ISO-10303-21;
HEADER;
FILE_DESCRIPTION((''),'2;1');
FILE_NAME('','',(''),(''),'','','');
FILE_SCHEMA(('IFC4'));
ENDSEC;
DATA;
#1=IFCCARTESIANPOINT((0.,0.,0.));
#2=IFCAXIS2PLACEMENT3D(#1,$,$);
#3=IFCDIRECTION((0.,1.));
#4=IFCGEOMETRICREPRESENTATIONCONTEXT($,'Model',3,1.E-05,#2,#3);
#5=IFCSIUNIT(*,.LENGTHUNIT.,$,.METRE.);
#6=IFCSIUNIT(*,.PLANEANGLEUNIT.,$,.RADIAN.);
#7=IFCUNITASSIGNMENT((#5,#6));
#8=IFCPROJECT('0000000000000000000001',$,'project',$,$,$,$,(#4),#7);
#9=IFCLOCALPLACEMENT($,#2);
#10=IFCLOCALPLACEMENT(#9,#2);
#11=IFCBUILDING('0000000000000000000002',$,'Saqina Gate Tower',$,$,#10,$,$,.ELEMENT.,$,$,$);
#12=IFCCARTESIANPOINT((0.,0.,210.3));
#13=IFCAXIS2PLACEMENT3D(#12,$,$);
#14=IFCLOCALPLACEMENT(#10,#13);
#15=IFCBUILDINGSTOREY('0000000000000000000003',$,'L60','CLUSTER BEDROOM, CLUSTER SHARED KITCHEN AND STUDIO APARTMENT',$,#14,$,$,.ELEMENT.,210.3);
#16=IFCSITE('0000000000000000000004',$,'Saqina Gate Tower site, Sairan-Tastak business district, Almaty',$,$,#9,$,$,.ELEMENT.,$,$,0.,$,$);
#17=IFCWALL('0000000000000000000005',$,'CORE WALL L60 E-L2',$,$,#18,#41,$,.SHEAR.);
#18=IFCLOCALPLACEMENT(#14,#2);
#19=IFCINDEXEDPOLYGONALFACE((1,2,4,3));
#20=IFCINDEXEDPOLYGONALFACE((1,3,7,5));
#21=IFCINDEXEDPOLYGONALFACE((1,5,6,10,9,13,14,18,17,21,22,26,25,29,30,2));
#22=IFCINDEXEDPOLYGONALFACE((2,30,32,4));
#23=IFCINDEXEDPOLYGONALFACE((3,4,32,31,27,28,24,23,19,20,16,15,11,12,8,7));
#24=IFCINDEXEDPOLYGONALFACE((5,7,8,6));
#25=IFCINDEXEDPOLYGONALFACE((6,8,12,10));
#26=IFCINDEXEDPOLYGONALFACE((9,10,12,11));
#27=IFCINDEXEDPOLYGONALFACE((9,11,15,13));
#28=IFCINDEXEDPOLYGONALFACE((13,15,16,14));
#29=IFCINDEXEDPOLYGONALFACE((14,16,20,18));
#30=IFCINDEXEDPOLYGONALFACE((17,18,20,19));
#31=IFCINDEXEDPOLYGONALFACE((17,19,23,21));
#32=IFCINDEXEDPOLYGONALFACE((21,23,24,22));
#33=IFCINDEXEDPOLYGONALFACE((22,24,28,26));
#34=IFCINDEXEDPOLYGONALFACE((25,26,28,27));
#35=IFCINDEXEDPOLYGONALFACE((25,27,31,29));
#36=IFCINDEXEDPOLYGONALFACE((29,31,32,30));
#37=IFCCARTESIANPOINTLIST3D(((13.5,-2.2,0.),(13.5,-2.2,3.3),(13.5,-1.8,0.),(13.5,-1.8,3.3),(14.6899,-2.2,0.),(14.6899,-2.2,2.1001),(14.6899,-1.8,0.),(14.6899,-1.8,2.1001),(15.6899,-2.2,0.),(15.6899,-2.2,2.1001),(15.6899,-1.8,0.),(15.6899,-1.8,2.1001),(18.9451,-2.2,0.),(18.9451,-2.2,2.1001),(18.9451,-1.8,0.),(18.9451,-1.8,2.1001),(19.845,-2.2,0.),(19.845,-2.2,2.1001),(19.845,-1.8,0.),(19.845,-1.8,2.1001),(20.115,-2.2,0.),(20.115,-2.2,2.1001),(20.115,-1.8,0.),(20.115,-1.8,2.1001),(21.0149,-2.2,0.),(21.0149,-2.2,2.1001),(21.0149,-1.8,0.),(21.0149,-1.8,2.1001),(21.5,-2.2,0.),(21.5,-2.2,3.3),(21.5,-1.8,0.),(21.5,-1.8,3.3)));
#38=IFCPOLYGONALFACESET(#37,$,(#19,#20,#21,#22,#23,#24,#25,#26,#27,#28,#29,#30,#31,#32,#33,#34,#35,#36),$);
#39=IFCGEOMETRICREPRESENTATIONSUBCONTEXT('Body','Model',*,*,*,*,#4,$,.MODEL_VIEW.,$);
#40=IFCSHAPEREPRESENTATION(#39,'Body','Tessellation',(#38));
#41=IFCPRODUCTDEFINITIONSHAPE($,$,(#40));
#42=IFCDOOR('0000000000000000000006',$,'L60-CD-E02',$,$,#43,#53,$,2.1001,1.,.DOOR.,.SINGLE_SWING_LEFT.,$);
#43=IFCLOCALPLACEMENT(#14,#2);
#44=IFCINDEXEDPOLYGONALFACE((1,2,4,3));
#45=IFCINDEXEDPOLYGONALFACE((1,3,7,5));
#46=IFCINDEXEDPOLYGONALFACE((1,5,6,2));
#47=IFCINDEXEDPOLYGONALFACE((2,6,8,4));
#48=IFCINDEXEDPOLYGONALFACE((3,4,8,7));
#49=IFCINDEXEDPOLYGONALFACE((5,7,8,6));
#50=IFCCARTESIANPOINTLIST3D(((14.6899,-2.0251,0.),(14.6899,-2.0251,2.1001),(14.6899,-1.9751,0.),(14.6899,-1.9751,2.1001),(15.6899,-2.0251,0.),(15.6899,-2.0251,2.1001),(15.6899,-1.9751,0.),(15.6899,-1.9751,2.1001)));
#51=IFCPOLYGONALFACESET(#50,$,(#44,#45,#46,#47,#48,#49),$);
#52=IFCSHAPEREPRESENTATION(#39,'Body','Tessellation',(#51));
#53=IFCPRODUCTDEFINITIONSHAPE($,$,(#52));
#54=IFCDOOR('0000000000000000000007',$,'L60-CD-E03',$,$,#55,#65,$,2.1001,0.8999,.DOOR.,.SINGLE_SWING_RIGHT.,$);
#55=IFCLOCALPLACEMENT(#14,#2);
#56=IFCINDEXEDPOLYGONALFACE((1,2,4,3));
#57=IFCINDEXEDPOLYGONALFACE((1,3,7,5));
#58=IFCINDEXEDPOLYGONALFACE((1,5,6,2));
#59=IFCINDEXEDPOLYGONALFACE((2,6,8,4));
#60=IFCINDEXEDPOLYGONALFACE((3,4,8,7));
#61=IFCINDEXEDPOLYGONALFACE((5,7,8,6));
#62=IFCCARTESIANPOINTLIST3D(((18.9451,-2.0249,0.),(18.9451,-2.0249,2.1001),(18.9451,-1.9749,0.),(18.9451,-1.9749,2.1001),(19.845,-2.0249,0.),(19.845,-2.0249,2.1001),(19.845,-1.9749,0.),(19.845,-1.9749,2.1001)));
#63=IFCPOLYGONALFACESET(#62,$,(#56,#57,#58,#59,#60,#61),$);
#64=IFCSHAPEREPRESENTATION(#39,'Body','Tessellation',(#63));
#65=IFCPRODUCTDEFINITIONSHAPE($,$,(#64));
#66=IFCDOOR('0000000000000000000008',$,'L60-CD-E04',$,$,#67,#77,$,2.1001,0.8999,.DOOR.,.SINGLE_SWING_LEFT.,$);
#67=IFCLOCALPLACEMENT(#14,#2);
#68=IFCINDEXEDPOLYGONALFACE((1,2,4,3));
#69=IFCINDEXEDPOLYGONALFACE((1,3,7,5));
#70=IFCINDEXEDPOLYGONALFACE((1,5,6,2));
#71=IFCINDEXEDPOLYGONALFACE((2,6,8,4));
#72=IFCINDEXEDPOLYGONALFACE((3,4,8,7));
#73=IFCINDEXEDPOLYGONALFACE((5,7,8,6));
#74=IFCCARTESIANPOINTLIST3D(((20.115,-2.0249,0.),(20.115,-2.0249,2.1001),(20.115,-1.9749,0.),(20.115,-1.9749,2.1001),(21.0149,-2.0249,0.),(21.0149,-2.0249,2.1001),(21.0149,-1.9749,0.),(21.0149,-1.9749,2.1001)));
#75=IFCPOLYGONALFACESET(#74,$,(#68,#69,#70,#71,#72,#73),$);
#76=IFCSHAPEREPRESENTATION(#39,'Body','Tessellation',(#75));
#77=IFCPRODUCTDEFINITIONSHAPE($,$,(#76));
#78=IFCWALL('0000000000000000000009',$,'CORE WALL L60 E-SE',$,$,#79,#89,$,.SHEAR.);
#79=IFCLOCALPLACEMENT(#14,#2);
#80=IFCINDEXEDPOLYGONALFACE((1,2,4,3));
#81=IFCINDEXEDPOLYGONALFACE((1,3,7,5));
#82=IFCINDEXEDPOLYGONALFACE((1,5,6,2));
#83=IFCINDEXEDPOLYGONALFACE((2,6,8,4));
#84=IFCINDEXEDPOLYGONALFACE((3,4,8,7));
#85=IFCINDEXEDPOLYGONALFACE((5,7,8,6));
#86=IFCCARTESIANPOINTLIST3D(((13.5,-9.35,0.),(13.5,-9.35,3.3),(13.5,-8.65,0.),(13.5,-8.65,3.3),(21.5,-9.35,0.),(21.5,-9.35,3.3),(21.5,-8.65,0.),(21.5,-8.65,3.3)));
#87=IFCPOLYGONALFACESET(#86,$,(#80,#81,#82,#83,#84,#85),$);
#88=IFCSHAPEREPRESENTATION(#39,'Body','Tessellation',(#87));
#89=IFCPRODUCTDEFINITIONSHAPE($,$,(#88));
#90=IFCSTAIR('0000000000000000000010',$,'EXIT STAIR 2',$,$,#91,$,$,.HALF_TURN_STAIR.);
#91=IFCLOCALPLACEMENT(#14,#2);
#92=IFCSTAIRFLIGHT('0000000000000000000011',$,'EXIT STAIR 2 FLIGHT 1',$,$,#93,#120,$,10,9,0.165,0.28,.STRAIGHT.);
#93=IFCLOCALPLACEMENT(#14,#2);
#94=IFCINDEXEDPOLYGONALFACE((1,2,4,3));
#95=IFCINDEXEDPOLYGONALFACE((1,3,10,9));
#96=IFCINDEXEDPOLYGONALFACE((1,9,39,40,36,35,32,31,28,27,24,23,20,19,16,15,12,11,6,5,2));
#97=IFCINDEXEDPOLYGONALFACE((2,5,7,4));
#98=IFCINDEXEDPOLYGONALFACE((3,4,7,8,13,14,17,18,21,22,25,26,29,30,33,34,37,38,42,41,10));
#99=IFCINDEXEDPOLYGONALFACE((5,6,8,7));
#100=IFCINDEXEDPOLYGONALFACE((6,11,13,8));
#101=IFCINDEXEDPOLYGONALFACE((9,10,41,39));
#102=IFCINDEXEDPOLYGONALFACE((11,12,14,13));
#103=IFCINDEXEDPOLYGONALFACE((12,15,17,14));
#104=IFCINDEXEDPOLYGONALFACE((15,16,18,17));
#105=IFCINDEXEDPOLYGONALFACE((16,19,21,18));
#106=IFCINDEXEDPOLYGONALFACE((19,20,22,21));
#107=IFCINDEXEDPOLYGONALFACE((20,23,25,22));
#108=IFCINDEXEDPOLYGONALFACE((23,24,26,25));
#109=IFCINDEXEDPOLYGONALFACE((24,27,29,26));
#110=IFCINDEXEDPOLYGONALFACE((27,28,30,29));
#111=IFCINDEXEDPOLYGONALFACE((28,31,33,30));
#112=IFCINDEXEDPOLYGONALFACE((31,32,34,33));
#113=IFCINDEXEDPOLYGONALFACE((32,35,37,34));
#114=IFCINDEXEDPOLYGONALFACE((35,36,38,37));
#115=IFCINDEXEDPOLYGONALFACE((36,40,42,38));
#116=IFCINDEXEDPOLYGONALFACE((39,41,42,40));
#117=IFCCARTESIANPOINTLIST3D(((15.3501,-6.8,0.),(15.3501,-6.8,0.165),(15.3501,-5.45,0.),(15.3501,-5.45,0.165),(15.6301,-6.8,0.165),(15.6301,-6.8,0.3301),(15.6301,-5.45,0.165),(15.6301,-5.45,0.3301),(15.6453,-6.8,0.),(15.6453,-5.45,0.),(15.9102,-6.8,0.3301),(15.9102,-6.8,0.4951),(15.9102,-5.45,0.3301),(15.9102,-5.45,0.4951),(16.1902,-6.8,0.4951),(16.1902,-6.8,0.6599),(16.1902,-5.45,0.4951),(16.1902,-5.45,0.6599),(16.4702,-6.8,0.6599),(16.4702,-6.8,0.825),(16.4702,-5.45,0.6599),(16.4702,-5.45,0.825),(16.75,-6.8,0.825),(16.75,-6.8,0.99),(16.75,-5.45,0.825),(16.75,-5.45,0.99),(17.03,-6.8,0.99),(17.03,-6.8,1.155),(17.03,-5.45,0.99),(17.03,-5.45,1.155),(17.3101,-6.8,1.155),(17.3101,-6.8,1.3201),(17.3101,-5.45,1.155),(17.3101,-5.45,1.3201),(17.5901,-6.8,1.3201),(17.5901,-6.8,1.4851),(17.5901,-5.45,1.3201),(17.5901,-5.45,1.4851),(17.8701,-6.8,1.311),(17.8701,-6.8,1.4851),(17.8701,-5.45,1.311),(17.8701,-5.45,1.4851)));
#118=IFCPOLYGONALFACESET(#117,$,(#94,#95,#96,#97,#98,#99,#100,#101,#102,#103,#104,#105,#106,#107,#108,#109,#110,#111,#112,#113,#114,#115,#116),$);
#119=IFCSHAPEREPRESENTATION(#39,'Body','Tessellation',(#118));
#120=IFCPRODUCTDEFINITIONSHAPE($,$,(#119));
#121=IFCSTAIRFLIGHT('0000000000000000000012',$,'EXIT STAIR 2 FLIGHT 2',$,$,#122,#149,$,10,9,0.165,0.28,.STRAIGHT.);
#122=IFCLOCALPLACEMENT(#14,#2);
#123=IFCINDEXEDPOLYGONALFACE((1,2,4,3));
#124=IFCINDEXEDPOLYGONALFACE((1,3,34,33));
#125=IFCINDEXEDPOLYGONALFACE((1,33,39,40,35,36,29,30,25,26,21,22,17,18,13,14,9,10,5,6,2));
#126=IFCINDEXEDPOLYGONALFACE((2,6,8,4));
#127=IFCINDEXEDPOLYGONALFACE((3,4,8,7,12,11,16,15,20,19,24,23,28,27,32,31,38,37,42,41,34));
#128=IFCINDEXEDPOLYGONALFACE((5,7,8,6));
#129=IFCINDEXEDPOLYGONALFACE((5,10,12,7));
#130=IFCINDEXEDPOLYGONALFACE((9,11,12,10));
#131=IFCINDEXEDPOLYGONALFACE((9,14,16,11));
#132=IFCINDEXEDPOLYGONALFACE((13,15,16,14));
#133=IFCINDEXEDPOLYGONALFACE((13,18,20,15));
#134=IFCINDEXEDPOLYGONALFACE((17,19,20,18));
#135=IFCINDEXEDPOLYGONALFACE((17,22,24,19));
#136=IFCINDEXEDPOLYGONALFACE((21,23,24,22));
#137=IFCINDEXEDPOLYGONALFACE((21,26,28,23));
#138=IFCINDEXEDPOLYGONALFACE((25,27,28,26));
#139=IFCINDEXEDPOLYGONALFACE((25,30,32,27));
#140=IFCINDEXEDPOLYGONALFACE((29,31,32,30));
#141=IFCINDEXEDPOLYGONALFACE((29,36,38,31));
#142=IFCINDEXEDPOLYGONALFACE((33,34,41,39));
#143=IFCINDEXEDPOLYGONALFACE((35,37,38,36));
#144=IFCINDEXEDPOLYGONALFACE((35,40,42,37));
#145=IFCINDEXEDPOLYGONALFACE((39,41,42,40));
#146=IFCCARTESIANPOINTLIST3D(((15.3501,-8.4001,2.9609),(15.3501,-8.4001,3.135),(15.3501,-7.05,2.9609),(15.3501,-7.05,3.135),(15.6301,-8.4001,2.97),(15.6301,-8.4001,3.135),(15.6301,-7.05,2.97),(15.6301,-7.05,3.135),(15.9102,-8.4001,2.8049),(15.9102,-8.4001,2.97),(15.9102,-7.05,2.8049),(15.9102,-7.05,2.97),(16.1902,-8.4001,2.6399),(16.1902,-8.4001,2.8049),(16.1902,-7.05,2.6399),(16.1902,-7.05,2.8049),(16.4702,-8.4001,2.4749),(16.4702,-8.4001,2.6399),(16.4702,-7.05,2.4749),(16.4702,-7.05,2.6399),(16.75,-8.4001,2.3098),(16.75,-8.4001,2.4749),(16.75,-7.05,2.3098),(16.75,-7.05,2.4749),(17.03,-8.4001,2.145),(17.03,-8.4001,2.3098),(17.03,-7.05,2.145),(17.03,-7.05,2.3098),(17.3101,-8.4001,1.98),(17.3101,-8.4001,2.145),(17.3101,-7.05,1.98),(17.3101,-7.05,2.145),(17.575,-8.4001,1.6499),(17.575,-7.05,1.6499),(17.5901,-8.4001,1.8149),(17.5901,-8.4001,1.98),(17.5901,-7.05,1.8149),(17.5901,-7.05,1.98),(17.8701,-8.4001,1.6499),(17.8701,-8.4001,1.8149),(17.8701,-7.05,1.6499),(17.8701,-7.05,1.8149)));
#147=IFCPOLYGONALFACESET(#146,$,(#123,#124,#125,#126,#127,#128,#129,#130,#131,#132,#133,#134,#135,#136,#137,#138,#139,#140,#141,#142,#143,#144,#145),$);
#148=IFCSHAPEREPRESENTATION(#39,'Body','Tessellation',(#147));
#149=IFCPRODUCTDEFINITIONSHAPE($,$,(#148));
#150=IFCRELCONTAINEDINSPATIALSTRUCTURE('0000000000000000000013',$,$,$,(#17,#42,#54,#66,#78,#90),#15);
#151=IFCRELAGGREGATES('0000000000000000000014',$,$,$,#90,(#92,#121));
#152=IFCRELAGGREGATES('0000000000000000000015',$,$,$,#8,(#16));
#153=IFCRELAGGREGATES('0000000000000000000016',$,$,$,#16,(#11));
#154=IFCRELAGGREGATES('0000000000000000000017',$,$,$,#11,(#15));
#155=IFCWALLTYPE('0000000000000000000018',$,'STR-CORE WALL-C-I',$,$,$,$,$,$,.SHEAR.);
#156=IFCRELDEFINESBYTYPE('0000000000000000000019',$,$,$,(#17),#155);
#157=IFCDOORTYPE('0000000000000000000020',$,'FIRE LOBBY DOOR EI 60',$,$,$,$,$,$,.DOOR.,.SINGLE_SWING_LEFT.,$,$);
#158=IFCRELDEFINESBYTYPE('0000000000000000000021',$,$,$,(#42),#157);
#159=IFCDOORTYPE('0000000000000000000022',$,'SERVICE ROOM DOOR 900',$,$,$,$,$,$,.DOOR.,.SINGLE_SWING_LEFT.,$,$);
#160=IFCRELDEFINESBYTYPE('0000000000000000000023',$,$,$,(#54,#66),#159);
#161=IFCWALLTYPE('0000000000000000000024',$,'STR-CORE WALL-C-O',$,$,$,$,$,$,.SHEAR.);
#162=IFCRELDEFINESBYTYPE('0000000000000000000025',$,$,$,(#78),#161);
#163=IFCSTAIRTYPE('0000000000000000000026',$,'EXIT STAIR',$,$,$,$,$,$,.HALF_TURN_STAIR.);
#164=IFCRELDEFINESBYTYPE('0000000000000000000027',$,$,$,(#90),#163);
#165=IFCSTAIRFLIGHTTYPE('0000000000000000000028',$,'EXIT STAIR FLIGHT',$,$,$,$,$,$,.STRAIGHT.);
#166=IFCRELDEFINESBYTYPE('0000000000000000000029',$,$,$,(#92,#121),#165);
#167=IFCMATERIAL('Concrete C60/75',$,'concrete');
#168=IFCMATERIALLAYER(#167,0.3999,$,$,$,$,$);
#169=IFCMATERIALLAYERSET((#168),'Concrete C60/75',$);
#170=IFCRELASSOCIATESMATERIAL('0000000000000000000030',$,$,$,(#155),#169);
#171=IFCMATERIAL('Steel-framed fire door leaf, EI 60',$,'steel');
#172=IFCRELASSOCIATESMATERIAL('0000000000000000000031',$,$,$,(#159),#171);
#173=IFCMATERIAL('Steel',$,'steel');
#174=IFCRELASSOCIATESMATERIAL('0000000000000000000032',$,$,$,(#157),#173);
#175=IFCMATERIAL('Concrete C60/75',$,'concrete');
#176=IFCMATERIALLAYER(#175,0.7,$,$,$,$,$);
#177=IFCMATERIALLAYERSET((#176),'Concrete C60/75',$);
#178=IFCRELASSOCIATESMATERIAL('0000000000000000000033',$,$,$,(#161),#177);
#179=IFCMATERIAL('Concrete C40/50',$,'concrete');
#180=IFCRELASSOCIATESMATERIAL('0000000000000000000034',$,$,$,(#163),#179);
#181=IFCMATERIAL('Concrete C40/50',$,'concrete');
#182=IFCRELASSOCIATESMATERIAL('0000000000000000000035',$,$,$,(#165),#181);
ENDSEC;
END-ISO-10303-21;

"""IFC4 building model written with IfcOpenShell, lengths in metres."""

from ifc_helpers import new_model, si_unit, direction, frame, frame_2d, origin, place, context, subcontext, project, spatial, polyline, rectangle, outline, extrude, material, layer, layer_set, type_object, element, fill, aggregate, save


model = new_model("IFC4")

# Units and contexts
model_context = context("Model", 3, precision=1e-05, world=origin(), true_north=direction((0.0, 1.0)))
body_context = subcontext(model_context, "Body", "Model", "MODEL_VIEW")
ifc_project = project(units=[si_unit("LENGTHUNIT", "METRE"), si_unit("PLANEANGLEUNIT", "RADIAN")], contexts=[model_context])

# Site, building, storey
site_placement = place(None, origin())
site = spatial("IfcSite", under=ifc_project, at=site_placement, Name="Saqina Gate Tower site, Sairan-Tastak business district, Almaty", CompositionType="ELEMENT", RefElevation=0.0)
building_placement = place(site_placement, origin())
building = spatial("IfcBuilding", under=site, at=building_placement, Name="Saqina Gate Tower", CompositionType="ELEMENT")
storey_placement = place(building_placement, frame((0.0, 0.0, 210.3)))
storey = spatial("IfcBuildingStorey", under=building, at=storey_placement, Name="L60", Description="CLUSTER BEDROOM, CLUSTER SHARED KITCHEN AND STUDIO APARTMENT", CompositionType="ELEMENT", Elevation=210.3)

# Wall, openings, doors
ifc_material_1 = material(Name="Concrete C60/75", Category="concrete")
ifc_layer_1 = layer(ifc_material_1, 0.3999)
ifc_layer_set_1 = layer_set([ifc_layer_1], Name="Concrete C60/75")
wall_type_1 = type_object("IfcWallType", Name="STR-CORE WALL-C-I", PredefinedType="SHEAR", material=ifc_layer_set_1)
ifc_material_2 = material(Name="Steel-framed fire door leaf, EI 60", Category="steel")
door_type_1 = type_object("IfcDoorType", Name="SERVICE ROOM DOOR 900", OperationType="SINGLE_SWING_LEFT", PredefinedType="DOOR", material=ifc_material_2)
wall_1_placement = place(storey_placement, frame((13.5, -2.0, 0.0), z_axis=(0.0, 0.0, 1.0), x_axis=(1.0, 0.0, 0.0)))
wall_1 = element("IfcWall", 1, at=wall_1_placement, inside=storey, type_object=wall_type_1, Name="CORE WALL L60 E-L2", PredefinedType="SHEAR", context=body_context, shape_type="SweptSolid", body=[
    extrude(rectangle(XDim=8.0, YDim=0.3999, at=frame_2d((4.0, 0.0))), origin(), (0.0, 0.0, 1.0), 3.3),
])
opening_1_placement = place(wall_1_placement, frame((1.1899, 0.0, 0.0)))
opening_1 = element("IfcOpeningElement", 2, at=opening_1_placement, cuts=wall_1, PredefinedType="OPENING", context=body_context, shape_type="SweptSolid", body=[
    extrude(rectangle(XDim=1.0, YDim=2.1001, at=frame_2d((0.5, 1.05))), frame((0.0, 0.2119, 0.0), z_axis=(0.0, -1.0, 0.0), x_axis=(1.0, 0.0, 0.0)), (0.0, 0.0, 1.0), 0.4238),
])
opening_2_placement = place(wall_1_placement, frame((5.4451, 0.0, 0.0)))
opening_2 = element("IfcOpeningElement", 3, at=opening_2_placement, cuts=wall_1, PredefinedType="OPENING", context=body_context, shape_type="SweptSolid", body=[
    extrude(rectangle(XDim=0.8999, YDim=2.1001, at=frame_2d((0.45, 1.05))), frame((0.0, 0.2119, 0.0), z_axis=(0.0, -1.0, 0.0), x_axis=(1.0, 0.0, 0.0)), (0.0, 0.0, 1.0), 0.4238),
])
opening_3_placement = place(wall_1_placement, frame((6.615, 0.0, 0.0)))
opening_3 = element("IfcOpeningElement", 4, at=opening_3_placement, cuts=wall_1, PredefinedType="OPENING", context=body_context, shape_type="SweptSolid", body=[
    extrude(rectangle(XDim=0.8999, YDim=2.1001, at=frame_2d((0.45, 1.05))), frame((0.0, 0.2119, 0.0), z_axis=(0.0, -1.0, 0.0), x_axis=(1.0, 0.0, 0.0)), (0.0, 0.0, 1.0), 0.4238),
])
ifc_material_3 = material(Name="Steel", Category="steel")
door_type_2 = type_object("IfcDoorType", Name="FIRE LOBBY DOOR EI 60", OperationType="SINGLE_SWING_LEFT", PredefinedType="DOOR", material=ifc_material_3)
door_1_placement = place(opening_1_placement, origin())
door_1 = element("IfcDoor", 5, at=door_1_placement, inside=storey, type_object=door_type_2, Name="L60-CD-E02", OperationType="SINGLE_SWING_LEFT", OverallHeight=2.1001, OverallWidth=1.0, PredefinedType="DOOR", context=body_context, shape_type="SweptSolid", body=[
    extrude(rectangle(XDim=1.0, YDim=2.1001, at=frame_2d((0.5, 1.05))), frame((0.0, 0.0249, 0.0), z_axis=(0.0, -1.0, 0.0), x_axis=(1.0, 0.0, 0.0)), (0.0, 0.0, 1.0), 0.05),
])
fill(opening_1, door_1)
door_2_placement = place(opening_2_placement, frame((0.8999, 0.0, 0.0), z_axis=(0.0, 0.0, 1.0), x_axis=(-1.0, 0.0, 0.0)))
door_2 = element("IfcDoor", 6, at=door_2_placement, inside=storey, type_object=door_type_1, Name="L60-CD-E03", OperationType="SINGLE_SWING_RIGHT", OverallHeight=2.1001, OverallWidth=0.8999, PredefinedType="DOOR", context=body_context, shape_type="SweptSolid", body=[
    extrude(rectangle(XDim=0.8999, YDim=2.1001, at=frame_2d((0.45, 1.05))), frame((0.0, 0.0249, 0.0), z_axis=(0.0, -1.0, 0.0), x_axis=(1.0, 0.0, 0.0)), (0.0, 0.0, 1.0), 0.05),
])
fill(opening_2, door_2)
door_3_placement = place(opening_3_placement, frame((0.8999, 0.0, 0.0), z_axis=(0.0, 0.0, 1.0), x_axis=(-1.0, 0.0, 0.0)))
door_3 = element("IfcDoor", 7, at=door_3_placement, inside=storey, type_object=door_type_1, Name="L60-CD-E04", OperationType="SINGLE_SWING_LEFT", OverallHeight=2.1001, OverallWidth=0.8999, PredefinedType="DOOR", context=body_context, shape_type="SweptSolid", body=[
    extrude(rectangle(XDim=0.8999, YDim=2.1001, at=frame_2d((0.45, 1.05))), frame((0.0, 0.0249, 0.0), z_axis=(0.0, -1.0, 0.0), x_axis=(1.0, 0.0, 0.0)), (0.0, 0.0, 1.0), 0.05),
])
fill(opening_3, door_3)
ifc_material_4 = material(Name="Concrete C60/75", Category="concrete")
ifc_layer_2 = layer(ifc_material_4, 0.7)
ifc_layer_set_2 = layer_set([ifc_layer_2], Name="Concrete C60/75")
wall_type_2 = type_object("IfcWallType", Name="STR-CORE WALL-C-O", PredefinedType="SHEAR", material=ifc_layer_set_2)

# Wall
wall_2_placement = place(storey_placement, frame((13.5, -9.0, 0.0), z_axis=(0.0, 0.0, 1.0), x_axis=(1.0, 0.0, 0.0)))
element("IfcWall", 8, at=wall_2_placement, inside=storey, type_object=wall_type_2, Name="CORE WALL L60 E-SE", PredefinedType="SHEAR", context=body_context, shape_type="SweptSolid", body=[
    extrude(rectangle(XDim=8.0, YDim=0.7, at=frame_2d((4.0, 0.0))), origin(), (0.0, 0.0, 1.0), 3.3),
])

# Stair, stair flights
ifc_material_5 = material(Name="Concrete C40/50", Category="concrete")
stair_type = type_object("IfcStairType", Name="EXIT STAIR", PredefinedType="HALF_TURN_STAIR", material=ifc_material_5)
stair_placement = place(storey_placement, origin())
stair = element("IfcStair", 9, at=stair_placement, inside=storey, type_object=stair_type, Name="EXIT STAIR 2", PredefinedType="HALF_TURN_STAIR")
ifc_material_6 = material(Name="Concrete C40/50", Category="concrete")
stair_flight_type = type_object("IfcStairFlightType", Name="EXIT STAIR FLIGHT", PredefinedType="STRAIGHT", material=ifc_material_6)
stair_flight_1_placement = place(storey_placement, frame((15.3501, -6.125, 0.0), z_axis=(0.0, 0.0, 1.0), x_axis=(1.0, 0.0, 0.0)))
stair_flight_1 = element("IfcStairFlight", 10, at=stair_flight_1_placement, type_object=stair_flight_type, Name="EXIT STAIR 2 FLIGHT 1", NumberOfRisers=10, NumberOfTreads=9, PredefinedType="STRAIGHT", RiserHeight=0.165, TreadLength=0.28, context=body_context, shape_type="SweptSolid", body=[
    extrude(outline(polyline([(0.0, 0.0), (0.0, 0.165), (0.28, 0.165), (0.28, 0.3301), (0.5601, 0.3301), (0.5601, 0.4951), (0.8401, 0.4951), (0.8401, 0.6599), (1.1201, 0.6599), (1.1201, 0.825), (1.3999, 0.825), (1.3999, 0.99), (1.6799, 0.99), (1.6799, 1.155), (1.96, 1.155), (1.96, 1.3201), (2.24, 1.3201), (2.24, 1.4851), (2.52, 1.4851), (2.52, 1.6499), (2.52, 1.311), (0.2952, 0.0), (0.0, 0.0)])), frame((0.0, 0.675, 0.0), z_axis=(0.0, -1.0, 0.0), x_axis=(1.0, 0.0, 0.0)), (0.0, 0.0, 1.0), 1.3501),
])
stair_flight_2_placement = place(storey_placement, frame((17.8701, -7.7251, 1.6499), z_axis=(0.0, 0.0, 1.0), x_axis=(-1.0, 0.0, 0.0)))
stair_flight_2 = element("IfcStairFlight", 11, at=stair_flight_2_placement, type_object=stair_flight_type, Name="EXIT STAIR 2 FLIGHT 2", NumberOfRisers=10, NumberOfTreads=9, PredefinedType="STRAIGHT", RiserHeight=0.165, TreadLength=0.28, context=body_context, shape_type="SweptSolid", body=[
    extrude(outline(polyline([(0.0, 0.0), (0.0, 0.165), (0.28, 0.165), (0.28, 0.3301), (0.5601, 0.3301), (0.5601, 0.4951), (0.8401, 0.4951), (0.8401, 0.6599), (1.1201, 0.6599), (1.1201, 0.825), (1.3999, 0.825), (1.3999, 0.99), (1.6799, 0.99), (1.6799, 1.155), (1.96, 1.155), (1.96, 1.3201), (2.24, 1.3201), (2.24, 1.4851), (2.52, 1.4851), (2.52, 1.6499), (2.52, 1.311), (0.2952, 0.0), (0.0, 0.0)])), frame((0.0, 0.675, 0.0), z_axis=(0.0, -1.0, 0.0), x_axis=(1.0, 0.0, 0.0)), (0.0, 0.0, 1.0), 1.3501),
])
aggregate(stair, [stair_flight_1, stair_flight_2])

save(model, "model.ifc")
